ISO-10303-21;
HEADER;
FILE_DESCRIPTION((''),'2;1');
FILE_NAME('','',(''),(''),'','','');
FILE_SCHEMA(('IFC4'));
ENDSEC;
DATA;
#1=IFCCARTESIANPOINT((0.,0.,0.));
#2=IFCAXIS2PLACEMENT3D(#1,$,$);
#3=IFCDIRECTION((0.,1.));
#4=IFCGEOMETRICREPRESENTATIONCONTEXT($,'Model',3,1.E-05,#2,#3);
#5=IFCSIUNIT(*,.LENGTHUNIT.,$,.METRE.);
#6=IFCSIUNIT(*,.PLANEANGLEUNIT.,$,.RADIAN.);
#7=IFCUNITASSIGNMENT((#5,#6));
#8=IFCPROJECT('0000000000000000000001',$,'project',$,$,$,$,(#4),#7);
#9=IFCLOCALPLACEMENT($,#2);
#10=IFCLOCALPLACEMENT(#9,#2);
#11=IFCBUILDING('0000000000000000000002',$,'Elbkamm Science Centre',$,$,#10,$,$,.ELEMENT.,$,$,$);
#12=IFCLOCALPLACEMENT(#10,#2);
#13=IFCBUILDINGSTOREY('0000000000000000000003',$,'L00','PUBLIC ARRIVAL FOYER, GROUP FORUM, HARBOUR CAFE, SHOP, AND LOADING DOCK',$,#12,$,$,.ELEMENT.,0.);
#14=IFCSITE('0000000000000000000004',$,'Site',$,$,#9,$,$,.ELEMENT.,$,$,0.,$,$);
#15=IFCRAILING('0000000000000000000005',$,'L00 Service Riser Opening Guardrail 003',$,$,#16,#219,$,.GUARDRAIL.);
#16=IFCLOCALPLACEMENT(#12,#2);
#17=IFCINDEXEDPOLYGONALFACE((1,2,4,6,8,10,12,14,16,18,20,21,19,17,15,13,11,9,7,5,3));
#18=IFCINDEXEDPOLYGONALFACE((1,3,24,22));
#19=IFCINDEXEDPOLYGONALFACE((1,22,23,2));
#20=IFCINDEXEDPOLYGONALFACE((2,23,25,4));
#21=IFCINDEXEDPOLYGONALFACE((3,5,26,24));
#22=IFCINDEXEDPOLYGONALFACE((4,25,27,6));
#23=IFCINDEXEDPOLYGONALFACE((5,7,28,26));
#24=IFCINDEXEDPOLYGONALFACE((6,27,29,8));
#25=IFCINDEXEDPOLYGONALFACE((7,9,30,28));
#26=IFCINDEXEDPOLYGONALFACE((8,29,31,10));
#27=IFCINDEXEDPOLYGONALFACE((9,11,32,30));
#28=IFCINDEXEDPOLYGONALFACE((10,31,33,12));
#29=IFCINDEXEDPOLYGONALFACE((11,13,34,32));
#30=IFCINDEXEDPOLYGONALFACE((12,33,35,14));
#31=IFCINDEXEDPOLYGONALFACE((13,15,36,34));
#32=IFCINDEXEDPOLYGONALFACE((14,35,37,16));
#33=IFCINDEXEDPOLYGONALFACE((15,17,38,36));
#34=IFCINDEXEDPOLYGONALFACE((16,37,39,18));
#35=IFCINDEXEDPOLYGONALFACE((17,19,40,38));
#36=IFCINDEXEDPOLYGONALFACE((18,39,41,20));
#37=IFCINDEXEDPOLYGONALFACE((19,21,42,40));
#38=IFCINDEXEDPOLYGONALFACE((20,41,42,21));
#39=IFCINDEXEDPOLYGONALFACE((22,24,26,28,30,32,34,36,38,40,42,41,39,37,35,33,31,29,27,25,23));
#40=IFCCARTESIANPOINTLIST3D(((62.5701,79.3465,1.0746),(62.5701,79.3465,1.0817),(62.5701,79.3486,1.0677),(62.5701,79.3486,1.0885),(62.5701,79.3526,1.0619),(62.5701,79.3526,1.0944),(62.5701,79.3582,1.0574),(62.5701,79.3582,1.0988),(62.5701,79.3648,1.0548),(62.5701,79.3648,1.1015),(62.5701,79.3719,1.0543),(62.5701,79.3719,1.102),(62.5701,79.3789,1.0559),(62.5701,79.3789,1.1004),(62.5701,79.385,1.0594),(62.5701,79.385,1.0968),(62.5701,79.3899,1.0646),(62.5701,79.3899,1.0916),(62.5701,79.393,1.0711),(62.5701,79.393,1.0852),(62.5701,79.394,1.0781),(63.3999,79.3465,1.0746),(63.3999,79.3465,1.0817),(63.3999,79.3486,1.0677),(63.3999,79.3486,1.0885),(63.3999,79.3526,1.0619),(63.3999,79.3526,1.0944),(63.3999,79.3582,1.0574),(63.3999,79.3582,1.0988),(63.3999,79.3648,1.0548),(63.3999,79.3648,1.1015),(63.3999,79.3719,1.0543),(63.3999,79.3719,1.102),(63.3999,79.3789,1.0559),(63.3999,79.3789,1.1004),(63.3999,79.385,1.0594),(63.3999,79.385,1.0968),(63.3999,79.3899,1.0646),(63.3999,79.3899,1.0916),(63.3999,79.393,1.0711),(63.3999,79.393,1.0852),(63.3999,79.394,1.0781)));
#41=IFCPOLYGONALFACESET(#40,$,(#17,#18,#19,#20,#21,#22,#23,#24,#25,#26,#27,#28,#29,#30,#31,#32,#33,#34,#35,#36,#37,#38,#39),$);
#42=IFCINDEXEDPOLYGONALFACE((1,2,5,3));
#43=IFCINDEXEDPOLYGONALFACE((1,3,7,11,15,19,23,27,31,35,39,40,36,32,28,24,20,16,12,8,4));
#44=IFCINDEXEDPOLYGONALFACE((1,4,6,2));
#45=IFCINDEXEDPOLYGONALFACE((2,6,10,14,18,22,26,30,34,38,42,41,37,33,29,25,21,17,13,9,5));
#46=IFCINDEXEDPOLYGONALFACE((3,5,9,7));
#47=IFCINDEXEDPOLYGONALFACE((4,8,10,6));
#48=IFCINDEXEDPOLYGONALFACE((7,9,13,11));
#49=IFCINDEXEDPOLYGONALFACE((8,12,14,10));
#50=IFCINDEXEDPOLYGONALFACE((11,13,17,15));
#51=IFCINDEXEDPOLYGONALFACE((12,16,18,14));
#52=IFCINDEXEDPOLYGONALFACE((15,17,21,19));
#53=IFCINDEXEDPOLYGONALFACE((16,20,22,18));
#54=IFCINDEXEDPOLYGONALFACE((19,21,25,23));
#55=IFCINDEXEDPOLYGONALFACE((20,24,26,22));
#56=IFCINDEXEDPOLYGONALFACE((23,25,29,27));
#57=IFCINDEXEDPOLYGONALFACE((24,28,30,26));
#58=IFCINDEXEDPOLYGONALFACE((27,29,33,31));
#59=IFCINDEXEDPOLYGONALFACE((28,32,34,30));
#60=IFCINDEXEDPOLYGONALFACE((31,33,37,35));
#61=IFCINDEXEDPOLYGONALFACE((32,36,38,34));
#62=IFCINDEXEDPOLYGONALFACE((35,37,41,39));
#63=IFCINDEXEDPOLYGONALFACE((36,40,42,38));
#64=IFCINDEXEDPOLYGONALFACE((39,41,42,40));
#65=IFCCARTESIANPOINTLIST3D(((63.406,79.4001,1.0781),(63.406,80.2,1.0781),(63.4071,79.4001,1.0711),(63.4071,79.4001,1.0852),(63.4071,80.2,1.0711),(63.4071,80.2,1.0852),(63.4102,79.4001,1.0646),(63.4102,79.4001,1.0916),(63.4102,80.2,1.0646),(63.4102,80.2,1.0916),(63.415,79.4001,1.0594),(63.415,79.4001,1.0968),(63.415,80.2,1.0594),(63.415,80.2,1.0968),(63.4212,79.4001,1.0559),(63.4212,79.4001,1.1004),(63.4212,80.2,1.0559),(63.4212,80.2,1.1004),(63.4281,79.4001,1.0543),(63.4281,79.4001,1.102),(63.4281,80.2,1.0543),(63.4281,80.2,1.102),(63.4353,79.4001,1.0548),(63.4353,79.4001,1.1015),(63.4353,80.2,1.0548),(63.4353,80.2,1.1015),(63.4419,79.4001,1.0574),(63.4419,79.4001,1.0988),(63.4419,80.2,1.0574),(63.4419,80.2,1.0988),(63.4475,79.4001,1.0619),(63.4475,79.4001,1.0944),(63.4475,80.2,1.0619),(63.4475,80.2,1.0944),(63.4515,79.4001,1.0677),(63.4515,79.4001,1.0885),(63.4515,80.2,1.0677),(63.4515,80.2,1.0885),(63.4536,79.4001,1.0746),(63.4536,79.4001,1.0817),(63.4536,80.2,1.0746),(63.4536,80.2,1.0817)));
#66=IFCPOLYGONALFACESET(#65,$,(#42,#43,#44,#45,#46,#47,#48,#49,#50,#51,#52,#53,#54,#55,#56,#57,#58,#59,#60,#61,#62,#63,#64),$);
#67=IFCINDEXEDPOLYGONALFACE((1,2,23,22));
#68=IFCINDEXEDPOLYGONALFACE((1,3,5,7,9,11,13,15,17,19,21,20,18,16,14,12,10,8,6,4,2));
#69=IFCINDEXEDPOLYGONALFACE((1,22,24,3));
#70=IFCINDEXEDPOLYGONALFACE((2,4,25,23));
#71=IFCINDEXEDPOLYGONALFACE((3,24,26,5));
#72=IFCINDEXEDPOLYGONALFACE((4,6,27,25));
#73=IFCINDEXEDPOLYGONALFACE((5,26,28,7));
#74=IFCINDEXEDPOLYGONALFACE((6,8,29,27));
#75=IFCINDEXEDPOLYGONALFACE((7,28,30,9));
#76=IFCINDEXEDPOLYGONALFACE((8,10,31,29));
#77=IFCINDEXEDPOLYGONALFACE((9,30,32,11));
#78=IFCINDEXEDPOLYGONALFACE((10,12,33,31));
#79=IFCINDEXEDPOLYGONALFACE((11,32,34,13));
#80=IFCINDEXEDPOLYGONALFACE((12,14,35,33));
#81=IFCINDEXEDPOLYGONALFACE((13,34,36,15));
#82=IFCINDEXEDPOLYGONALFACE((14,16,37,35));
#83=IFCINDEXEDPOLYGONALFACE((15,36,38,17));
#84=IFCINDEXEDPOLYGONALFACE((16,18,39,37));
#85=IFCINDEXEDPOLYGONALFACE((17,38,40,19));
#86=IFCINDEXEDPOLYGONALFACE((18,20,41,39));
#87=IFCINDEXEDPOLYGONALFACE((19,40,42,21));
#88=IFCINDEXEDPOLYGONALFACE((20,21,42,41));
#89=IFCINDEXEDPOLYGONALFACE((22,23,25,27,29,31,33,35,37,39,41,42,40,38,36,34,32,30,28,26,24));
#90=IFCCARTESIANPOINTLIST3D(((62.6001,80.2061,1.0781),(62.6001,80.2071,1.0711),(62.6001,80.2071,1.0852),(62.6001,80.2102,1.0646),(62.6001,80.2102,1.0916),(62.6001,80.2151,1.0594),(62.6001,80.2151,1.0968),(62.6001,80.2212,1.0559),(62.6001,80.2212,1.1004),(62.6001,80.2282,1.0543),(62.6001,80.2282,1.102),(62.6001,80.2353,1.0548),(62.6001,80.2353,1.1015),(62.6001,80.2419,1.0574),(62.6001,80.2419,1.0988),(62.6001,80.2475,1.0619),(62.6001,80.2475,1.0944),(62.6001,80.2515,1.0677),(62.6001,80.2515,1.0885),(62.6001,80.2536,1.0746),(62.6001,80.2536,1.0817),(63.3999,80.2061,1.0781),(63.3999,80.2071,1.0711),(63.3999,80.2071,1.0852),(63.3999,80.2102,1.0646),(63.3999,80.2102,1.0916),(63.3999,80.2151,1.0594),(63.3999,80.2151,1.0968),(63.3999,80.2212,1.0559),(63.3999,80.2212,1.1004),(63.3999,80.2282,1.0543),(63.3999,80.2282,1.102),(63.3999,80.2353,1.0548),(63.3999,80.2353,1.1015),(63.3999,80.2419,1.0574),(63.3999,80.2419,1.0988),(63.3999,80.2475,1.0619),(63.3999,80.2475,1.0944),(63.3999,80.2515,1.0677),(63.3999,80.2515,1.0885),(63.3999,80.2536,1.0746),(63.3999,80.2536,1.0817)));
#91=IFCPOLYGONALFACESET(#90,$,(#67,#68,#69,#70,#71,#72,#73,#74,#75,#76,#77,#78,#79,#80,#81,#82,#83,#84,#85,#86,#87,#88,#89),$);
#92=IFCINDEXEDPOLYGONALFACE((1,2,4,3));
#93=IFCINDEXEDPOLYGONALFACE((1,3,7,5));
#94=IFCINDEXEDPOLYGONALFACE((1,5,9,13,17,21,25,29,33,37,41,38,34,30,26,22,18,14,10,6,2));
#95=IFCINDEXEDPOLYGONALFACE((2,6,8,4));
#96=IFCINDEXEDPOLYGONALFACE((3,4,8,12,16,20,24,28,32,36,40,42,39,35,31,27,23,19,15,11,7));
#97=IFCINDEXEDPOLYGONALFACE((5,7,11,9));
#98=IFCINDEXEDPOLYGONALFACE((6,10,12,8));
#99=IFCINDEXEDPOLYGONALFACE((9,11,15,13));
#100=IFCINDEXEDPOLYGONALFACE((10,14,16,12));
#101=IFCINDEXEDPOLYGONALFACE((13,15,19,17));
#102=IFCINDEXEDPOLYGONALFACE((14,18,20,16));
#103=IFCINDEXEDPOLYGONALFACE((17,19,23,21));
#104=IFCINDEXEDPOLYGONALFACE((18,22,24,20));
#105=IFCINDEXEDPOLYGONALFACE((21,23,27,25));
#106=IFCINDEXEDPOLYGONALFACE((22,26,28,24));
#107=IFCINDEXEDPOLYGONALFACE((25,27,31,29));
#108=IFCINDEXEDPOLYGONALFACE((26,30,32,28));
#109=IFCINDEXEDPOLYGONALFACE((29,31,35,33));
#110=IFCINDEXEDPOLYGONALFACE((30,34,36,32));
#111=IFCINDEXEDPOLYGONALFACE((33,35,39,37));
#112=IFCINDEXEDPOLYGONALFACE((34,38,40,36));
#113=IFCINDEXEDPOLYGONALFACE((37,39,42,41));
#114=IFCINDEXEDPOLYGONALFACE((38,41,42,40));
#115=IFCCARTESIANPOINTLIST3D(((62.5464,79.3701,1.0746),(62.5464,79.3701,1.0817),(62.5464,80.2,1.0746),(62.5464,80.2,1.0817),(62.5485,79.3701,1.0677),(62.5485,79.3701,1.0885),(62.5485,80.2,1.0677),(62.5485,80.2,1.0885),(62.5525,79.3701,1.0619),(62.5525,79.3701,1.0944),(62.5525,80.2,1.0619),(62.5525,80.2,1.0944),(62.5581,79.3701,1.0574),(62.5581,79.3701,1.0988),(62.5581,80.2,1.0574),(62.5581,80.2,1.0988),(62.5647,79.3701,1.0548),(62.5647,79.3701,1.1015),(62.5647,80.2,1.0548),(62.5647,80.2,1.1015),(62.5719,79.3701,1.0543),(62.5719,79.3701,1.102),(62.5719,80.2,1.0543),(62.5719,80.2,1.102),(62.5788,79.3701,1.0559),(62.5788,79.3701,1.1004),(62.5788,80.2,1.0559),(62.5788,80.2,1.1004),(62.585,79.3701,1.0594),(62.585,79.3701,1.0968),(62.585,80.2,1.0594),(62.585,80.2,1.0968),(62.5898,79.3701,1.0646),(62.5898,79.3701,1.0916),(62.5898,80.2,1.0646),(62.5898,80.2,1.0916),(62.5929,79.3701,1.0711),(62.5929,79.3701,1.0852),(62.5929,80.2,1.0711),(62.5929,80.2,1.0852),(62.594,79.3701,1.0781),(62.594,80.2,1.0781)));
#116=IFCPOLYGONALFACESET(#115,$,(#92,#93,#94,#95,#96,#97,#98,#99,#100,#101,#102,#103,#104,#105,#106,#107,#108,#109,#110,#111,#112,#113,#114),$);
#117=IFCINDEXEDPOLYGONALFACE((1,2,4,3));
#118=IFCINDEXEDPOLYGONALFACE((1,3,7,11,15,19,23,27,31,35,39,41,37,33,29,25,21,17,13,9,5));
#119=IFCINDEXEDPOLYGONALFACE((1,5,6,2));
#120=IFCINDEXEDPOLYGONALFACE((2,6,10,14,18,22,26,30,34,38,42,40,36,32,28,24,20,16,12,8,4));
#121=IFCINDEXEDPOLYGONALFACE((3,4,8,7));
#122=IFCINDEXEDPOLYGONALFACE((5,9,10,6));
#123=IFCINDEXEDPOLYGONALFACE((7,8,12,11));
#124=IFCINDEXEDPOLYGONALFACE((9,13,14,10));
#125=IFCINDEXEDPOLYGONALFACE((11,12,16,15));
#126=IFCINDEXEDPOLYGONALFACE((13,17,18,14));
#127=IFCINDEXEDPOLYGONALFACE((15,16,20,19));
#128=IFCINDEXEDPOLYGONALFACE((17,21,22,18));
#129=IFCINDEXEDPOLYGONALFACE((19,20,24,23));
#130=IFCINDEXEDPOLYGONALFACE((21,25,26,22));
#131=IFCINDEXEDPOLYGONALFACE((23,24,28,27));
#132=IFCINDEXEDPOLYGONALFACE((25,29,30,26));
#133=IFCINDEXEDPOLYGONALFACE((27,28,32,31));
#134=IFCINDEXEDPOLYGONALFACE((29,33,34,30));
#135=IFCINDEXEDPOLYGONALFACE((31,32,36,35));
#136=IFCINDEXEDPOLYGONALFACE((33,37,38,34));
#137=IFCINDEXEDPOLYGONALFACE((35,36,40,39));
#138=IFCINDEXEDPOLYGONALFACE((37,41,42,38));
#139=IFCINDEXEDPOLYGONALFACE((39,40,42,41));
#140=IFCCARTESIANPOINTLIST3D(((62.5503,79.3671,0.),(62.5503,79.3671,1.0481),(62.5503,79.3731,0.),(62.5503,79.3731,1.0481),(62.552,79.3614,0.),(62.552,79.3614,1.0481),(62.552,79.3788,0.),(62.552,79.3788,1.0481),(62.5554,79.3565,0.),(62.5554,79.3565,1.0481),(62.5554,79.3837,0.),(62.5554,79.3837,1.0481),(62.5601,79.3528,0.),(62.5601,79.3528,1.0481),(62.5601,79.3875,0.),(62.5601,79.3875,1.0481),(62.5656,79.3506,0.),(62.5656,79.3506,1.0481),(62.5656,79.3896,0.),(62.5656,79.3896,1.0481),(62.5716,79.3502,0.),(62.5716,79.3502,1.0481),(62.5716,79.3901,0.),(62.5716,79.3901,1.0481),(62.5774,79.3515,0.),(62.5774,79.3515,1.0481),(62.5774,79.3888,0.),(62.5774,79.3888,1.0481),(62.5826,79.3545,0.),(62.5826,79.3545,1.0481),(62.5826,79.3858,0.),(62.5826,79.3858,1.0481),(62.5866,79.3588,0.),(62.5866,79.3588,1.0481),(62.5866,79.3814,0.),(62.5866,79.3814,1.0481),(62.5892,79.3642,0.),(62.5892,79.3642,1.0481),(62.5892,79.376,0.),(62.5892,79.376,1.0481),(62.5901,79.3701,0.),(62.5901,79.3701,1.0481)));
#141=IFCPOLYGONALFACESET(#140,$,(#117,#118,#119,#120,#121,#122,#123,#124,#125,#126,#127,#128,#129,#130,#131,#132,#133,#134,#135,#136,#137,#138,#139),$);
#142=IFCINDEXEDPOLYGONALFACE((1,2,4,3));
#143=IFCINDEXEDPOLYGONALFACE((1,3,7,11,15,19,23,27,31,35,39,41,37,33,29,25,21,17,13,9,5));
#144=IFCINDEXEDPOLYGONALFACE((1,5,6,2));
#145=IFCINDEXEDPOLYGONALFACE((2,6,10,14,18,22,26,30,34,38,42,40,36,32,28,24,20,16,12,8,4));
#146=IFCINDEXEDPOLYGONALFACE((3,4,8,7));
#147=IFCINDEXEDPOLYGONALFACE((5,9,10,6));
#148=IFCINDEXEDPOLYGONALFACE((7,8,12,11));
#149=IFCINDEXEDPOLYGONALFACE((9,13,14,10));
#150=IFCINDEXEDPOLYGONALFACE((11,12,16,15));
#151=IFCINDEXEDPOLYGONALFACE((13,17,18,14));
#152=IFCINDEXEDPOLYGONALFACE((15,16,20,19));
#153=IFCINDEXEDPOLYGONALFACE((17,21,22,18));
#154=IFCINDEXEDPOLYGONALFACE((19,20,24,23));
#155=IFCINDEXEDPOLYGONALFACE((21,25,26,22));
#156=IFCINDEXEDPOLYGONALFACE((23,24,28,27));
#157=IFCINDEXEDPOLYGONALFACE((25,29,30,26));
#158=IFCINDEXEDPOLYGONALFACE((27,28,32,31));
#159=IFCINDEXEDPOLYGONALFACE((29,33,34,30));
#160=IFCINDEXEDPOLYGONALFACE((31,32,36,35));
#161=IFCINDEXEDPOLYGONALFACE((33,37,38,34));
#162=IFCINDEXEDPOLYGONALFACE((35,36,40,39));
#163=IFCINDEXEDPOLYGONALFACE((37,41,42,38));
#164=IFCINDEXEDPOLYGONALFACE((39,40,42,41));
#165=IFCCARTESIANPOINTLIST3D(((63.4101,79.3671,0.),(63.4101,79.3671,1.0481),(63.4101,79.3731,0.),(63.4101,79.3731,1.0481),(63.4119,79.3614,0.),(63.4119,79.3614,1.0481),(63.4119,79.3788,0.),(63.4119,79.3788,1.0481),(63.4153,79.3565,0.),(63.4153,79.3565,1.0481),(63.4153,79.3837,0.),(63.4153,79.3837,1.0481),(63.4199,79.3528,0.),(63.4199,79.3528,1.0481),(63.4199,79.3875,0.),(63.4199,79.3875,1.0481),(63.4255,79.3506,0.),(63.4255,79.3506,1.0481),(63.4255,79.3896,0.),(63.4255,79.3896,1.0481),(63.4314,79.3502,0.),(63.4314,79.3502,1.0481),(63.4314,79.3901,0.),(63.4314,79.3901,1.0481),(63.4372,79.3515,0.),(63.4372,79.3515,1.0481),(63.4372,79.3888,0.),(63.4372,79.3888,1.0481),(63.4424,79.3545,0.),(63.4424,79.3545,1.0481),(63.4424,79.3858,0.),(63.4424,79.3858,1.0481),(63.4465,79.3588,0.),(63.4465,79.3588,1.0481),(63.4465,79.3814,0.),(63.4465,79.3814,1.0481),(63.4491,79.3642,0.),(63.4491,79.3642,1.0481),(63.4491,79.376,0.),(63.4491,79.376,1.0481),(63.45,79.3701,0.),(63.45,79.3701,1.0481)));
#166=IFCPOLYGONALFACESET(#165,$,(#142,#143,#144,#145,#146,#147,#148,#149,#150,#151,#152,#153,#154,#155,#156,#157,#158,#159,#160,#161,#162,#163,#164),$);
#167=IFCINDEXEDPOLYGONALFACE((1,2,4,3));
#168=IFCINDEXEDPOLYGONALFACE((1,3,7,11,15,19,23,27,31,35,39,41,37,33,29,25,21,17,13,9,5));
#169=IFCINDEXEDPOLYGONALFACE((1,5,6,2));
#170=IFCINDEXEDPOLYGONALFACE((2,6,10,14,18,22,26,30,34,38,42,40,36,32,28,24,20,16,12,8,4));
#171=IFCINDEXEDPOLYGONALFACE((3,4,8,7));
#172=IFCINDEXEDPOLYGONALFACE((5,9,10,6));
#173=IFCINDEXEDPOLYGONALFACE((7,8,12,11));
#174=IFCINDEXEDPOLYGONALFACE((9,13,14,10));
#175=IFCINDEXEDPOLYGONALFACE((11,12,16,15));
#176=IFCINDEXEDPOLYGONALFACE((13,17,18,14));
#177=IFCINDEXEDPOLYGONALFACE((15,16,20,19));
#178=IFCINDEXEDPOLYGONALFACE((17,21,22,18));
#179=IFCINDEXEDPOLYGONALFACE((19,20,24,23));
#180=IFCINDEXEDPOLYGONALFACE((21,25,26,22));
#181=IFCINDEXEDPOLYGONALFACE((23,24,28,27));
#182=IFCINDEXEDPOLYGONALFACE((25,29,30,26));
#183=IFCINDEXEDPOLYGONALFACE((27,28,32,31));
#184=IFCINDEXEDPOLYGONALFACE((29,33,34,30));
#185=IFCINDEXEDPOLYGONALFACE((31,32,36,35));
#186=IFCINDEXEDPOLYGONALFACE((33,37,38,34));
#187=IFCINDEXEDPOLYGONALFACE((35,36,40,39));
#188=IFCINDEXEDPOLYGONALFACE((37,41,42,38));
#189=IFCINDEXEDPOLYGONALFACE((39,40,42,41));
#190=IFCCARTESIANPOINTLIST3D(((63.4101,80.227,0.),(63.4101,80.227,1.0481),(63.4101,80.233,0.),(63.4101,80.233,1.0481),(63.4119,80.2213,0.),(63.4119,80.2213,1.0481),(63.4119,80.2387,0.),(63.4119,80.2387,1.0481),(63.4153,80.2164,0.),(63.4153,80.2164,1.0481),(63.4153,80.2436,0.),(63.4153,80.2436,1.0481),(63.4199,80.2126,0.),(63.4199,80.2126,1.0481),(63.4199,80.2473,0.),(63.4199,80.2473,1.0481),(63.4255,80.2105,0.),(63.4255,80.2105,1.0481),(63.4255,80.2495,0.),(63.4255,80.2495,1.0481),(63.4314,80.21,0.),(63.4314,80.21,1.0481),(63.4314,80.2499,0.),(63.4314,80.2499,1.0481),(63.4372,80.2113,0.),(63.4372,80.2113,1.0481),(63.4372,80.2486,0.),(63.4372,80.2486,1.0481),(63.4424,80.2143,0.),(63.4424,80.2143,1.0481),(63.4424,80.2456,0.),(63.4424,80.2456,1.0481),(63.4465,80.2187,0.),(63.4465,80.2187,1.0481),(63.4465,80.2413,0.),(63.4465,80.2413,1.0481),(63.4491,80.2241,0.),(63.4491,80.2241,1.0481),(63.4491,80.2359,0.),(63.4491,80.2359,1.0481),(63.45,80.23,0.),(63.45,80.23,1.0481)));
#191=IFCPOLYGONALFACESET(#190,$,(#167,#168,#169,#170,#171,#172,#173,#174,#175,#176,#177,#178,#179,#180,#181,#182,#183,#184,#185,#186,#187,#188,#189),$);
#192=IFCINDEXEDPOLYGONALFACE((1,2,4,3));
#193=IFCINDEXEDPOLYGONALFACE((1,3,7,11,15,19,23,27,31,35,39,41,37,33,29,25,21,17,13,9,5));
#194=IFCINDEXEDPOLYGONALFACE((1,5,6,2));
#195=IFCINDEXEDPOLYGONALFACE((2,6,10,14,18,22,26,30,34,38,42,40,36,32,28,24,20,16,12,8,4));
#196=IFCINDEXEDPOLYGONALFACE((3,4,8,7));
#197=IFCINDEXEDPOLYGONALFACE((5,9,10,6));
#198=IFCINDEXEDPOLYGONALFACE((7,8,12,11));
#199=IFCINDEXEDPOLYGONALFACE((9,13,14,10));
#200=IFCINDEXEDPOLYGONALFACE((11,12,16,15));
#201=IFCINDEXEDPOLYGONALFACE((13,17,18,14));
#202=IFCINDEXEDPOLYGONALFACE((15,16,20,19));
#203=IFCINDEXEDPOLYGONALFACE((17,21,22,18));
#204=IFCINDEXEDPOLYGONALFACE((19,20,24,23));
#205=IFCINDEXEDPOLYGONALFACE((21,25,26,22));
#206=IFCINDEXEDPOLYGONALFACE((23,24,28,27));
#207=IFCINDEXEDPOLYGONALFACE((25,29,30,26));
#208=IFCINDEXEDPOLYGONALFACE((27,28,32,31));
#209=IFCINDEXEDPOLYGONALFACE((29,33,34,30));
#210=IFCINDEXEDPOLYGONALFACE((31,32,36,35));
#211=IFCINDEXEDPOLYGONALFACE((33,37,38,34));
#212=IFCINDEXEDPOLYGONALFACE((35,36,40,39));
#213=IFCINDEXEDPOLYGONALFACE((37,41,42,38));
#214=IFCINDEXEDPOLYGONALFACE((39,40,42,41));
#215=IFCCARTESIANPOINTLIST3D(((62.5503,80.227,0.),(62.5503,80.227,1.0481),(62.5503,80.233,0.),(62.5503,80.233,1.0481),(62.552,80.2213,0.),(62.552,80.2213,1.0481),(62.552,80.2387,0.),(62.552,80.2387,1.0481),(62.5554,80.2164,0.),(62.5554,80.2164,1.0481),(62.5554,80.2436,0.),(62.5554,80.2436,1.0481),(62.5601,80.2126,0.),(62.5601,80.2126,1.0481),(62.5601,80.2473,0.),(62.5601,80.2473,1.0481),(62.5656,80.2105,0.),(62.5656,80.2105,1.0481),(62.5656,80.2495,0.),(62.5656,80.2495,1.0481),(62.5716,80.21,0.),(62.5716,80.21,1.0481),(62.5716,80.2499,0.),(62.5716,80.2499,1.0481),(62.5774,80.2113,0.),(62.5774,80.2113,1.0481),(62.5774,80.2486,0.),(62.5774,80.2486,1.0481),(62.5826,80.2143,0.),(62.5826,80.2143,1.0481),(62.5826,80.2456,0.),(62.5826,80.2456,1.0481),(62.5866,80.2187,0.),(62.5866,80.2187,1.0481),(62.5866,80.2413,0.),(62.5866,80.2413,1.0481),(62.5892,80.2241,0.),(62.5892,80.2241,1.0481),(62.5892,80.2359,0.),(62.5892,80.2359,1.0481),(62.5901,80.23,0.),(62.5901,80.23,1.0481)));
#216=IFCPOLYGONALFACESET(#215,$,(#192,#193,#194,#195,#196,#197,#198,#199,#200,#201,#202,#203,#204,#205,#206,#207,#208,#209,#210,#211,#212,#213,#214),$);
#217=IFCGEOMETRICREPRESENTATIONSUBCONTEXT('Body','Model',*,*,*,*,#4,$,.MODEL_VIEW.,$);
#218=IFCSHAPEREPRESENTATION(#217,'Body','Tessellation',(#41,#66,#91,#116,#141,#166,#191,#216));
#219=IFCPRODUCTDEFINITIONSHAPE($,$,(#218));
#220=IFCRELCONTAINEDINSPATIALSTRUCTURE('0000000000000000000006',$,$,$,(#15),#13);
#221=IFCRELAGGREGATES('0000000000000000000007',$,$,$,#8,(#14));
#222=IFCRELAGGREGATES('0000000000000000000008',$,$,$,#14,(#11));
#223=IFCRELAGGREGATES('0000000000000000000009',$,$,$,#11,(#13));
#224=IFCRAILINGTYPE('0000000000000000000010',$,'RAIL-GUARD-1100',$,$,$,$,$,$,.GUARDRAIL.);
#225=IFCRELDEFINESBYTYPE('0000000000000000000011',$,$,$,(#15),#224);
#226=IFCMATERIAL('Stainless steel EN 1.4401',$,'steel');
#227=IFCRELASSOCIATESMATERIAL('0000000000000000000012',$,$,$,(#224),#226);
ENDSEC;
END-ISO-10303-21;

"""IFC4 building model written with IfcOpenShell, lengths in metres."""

from ifc_helpers import new_model, si_unit, direction, frame, origin, origin_2d, place, context, subcontext, project, spatial, circle, extrude, material, type_object, element, save


model = new_model("IFC4")

# Units and contexts
model_context = context("Model", 3, precision=1e-05, world=origin(), true_north=direction((0.0, 1.0)))
body_context = subcontext(model_context, "Body", "Model", "MODEL_VIEW")
ifc_project = project(units=[si_unit("LENGTHUNIT", "METRE"), si_unit("PLANEANGLEUNIT", "RADIAN")], contexts=[model_context])

# Site, building, storey
site_placement = place(None, origin())
site = spatial("IfcSite", under=ifc_project, at=site_placement, Name="Site", CompositionType="ELEMENT", RefElevation=0.0)
building_placement = place(site_placement, origin())
building = spatial("IfcBuilding", under=site, at=building_placement, Name="Elbkamm Science Centre", CompositionType="ELEMENT")
storey_placement = place(building_placement, origin())
storey = spatial("IfcBuildingStorey", under=building, at=storey_placement, Name="L00", Description="PUBLIC ARRIVAL FOYER, GROUP FORUM, HARBOUR CAFE, SHOP, AND LOADING DOCK", CompositionType="ELEMENT", Elevation=0.0)

# Railing
ifc_material_1 = material(Name="Stainless steel EN 1.4401", Category="steel")
railing_type = type_object("IfcRailingType", Name="RAIL-GUARD-1100", PredefinedType="GUARDRAIL", material=ifc_material_1)
railing_placement = place(storey_placement, frame((62.5701, 79.3701, 0.0)))
element("IfcRailing", 1, at=railing_placement, inside=storey, type_object=railing_type, Name="L00 Service Riser Opening Guardrail 003", PredefinedType="GUARDRAIL", context=body_context, shape_type="SweptSolid", body=[
    extrude(circle(Radius=0.0239, at=origin_2d()), frame((0.0, 0.0, 1.0781), z_axis=(1.0, 0.0, 0.0), x_axis=(0.0, 1.0, 0.0)), (0.0, 0.0, 1.0), 0.8298),
    extrude(circle(Radius=0.0239, at=origin_2d()), frame((0.8599, 0.03, 1.0781), z_axis=(0.0, 1.0, 0.0), x_axis=(-1.0, 0.0, 0.0)), (0.0, 0.0, 1.0), 0.7998),
    extrude(circle(Radius=0.0239, at=origin_2d()), frame((0.8298, 0.8599, 1.0781), z_axis=(-1.0, 0.0, 0.0), x_axis=(0.0, -1.0, 0.0)), (0.0, 0.0, 1.0), 0.7998),
    extrude(circle(Radius=0.0239, at=origin_2d()), frame((0.0, 0.8298, 1.0781), z_axis=(0.0, -1.0, 0.0), x_axis=(1.0, 0.0, 0.0)), (0.0, 0.0, 1.0), 0.8298),
    extrude(circle(Radius=0.02, at=origin_2d()), origin(), (0.0, 0.0, 1.0), 1.0481),
    extrude(circle(Radius=0.02, at=origin_2d()), frame((0.8599, 0.0, 0.0)), (0.0, 0.0, 1.0), 1.0481),
    extrude(circle(Radius=0.02, at=origin_2d()), frame((0.8599, 0.8599, 0.0)), (0.0, 0.0, 1.0), 1.0481),
    extrude(circle(Radius=0.02, at=origin_2d()), frame((0.0, 0.8599, 0.0)), (0.0, 0.0, 1.0), 1.0481),
])

save(model, "model.ifc")
